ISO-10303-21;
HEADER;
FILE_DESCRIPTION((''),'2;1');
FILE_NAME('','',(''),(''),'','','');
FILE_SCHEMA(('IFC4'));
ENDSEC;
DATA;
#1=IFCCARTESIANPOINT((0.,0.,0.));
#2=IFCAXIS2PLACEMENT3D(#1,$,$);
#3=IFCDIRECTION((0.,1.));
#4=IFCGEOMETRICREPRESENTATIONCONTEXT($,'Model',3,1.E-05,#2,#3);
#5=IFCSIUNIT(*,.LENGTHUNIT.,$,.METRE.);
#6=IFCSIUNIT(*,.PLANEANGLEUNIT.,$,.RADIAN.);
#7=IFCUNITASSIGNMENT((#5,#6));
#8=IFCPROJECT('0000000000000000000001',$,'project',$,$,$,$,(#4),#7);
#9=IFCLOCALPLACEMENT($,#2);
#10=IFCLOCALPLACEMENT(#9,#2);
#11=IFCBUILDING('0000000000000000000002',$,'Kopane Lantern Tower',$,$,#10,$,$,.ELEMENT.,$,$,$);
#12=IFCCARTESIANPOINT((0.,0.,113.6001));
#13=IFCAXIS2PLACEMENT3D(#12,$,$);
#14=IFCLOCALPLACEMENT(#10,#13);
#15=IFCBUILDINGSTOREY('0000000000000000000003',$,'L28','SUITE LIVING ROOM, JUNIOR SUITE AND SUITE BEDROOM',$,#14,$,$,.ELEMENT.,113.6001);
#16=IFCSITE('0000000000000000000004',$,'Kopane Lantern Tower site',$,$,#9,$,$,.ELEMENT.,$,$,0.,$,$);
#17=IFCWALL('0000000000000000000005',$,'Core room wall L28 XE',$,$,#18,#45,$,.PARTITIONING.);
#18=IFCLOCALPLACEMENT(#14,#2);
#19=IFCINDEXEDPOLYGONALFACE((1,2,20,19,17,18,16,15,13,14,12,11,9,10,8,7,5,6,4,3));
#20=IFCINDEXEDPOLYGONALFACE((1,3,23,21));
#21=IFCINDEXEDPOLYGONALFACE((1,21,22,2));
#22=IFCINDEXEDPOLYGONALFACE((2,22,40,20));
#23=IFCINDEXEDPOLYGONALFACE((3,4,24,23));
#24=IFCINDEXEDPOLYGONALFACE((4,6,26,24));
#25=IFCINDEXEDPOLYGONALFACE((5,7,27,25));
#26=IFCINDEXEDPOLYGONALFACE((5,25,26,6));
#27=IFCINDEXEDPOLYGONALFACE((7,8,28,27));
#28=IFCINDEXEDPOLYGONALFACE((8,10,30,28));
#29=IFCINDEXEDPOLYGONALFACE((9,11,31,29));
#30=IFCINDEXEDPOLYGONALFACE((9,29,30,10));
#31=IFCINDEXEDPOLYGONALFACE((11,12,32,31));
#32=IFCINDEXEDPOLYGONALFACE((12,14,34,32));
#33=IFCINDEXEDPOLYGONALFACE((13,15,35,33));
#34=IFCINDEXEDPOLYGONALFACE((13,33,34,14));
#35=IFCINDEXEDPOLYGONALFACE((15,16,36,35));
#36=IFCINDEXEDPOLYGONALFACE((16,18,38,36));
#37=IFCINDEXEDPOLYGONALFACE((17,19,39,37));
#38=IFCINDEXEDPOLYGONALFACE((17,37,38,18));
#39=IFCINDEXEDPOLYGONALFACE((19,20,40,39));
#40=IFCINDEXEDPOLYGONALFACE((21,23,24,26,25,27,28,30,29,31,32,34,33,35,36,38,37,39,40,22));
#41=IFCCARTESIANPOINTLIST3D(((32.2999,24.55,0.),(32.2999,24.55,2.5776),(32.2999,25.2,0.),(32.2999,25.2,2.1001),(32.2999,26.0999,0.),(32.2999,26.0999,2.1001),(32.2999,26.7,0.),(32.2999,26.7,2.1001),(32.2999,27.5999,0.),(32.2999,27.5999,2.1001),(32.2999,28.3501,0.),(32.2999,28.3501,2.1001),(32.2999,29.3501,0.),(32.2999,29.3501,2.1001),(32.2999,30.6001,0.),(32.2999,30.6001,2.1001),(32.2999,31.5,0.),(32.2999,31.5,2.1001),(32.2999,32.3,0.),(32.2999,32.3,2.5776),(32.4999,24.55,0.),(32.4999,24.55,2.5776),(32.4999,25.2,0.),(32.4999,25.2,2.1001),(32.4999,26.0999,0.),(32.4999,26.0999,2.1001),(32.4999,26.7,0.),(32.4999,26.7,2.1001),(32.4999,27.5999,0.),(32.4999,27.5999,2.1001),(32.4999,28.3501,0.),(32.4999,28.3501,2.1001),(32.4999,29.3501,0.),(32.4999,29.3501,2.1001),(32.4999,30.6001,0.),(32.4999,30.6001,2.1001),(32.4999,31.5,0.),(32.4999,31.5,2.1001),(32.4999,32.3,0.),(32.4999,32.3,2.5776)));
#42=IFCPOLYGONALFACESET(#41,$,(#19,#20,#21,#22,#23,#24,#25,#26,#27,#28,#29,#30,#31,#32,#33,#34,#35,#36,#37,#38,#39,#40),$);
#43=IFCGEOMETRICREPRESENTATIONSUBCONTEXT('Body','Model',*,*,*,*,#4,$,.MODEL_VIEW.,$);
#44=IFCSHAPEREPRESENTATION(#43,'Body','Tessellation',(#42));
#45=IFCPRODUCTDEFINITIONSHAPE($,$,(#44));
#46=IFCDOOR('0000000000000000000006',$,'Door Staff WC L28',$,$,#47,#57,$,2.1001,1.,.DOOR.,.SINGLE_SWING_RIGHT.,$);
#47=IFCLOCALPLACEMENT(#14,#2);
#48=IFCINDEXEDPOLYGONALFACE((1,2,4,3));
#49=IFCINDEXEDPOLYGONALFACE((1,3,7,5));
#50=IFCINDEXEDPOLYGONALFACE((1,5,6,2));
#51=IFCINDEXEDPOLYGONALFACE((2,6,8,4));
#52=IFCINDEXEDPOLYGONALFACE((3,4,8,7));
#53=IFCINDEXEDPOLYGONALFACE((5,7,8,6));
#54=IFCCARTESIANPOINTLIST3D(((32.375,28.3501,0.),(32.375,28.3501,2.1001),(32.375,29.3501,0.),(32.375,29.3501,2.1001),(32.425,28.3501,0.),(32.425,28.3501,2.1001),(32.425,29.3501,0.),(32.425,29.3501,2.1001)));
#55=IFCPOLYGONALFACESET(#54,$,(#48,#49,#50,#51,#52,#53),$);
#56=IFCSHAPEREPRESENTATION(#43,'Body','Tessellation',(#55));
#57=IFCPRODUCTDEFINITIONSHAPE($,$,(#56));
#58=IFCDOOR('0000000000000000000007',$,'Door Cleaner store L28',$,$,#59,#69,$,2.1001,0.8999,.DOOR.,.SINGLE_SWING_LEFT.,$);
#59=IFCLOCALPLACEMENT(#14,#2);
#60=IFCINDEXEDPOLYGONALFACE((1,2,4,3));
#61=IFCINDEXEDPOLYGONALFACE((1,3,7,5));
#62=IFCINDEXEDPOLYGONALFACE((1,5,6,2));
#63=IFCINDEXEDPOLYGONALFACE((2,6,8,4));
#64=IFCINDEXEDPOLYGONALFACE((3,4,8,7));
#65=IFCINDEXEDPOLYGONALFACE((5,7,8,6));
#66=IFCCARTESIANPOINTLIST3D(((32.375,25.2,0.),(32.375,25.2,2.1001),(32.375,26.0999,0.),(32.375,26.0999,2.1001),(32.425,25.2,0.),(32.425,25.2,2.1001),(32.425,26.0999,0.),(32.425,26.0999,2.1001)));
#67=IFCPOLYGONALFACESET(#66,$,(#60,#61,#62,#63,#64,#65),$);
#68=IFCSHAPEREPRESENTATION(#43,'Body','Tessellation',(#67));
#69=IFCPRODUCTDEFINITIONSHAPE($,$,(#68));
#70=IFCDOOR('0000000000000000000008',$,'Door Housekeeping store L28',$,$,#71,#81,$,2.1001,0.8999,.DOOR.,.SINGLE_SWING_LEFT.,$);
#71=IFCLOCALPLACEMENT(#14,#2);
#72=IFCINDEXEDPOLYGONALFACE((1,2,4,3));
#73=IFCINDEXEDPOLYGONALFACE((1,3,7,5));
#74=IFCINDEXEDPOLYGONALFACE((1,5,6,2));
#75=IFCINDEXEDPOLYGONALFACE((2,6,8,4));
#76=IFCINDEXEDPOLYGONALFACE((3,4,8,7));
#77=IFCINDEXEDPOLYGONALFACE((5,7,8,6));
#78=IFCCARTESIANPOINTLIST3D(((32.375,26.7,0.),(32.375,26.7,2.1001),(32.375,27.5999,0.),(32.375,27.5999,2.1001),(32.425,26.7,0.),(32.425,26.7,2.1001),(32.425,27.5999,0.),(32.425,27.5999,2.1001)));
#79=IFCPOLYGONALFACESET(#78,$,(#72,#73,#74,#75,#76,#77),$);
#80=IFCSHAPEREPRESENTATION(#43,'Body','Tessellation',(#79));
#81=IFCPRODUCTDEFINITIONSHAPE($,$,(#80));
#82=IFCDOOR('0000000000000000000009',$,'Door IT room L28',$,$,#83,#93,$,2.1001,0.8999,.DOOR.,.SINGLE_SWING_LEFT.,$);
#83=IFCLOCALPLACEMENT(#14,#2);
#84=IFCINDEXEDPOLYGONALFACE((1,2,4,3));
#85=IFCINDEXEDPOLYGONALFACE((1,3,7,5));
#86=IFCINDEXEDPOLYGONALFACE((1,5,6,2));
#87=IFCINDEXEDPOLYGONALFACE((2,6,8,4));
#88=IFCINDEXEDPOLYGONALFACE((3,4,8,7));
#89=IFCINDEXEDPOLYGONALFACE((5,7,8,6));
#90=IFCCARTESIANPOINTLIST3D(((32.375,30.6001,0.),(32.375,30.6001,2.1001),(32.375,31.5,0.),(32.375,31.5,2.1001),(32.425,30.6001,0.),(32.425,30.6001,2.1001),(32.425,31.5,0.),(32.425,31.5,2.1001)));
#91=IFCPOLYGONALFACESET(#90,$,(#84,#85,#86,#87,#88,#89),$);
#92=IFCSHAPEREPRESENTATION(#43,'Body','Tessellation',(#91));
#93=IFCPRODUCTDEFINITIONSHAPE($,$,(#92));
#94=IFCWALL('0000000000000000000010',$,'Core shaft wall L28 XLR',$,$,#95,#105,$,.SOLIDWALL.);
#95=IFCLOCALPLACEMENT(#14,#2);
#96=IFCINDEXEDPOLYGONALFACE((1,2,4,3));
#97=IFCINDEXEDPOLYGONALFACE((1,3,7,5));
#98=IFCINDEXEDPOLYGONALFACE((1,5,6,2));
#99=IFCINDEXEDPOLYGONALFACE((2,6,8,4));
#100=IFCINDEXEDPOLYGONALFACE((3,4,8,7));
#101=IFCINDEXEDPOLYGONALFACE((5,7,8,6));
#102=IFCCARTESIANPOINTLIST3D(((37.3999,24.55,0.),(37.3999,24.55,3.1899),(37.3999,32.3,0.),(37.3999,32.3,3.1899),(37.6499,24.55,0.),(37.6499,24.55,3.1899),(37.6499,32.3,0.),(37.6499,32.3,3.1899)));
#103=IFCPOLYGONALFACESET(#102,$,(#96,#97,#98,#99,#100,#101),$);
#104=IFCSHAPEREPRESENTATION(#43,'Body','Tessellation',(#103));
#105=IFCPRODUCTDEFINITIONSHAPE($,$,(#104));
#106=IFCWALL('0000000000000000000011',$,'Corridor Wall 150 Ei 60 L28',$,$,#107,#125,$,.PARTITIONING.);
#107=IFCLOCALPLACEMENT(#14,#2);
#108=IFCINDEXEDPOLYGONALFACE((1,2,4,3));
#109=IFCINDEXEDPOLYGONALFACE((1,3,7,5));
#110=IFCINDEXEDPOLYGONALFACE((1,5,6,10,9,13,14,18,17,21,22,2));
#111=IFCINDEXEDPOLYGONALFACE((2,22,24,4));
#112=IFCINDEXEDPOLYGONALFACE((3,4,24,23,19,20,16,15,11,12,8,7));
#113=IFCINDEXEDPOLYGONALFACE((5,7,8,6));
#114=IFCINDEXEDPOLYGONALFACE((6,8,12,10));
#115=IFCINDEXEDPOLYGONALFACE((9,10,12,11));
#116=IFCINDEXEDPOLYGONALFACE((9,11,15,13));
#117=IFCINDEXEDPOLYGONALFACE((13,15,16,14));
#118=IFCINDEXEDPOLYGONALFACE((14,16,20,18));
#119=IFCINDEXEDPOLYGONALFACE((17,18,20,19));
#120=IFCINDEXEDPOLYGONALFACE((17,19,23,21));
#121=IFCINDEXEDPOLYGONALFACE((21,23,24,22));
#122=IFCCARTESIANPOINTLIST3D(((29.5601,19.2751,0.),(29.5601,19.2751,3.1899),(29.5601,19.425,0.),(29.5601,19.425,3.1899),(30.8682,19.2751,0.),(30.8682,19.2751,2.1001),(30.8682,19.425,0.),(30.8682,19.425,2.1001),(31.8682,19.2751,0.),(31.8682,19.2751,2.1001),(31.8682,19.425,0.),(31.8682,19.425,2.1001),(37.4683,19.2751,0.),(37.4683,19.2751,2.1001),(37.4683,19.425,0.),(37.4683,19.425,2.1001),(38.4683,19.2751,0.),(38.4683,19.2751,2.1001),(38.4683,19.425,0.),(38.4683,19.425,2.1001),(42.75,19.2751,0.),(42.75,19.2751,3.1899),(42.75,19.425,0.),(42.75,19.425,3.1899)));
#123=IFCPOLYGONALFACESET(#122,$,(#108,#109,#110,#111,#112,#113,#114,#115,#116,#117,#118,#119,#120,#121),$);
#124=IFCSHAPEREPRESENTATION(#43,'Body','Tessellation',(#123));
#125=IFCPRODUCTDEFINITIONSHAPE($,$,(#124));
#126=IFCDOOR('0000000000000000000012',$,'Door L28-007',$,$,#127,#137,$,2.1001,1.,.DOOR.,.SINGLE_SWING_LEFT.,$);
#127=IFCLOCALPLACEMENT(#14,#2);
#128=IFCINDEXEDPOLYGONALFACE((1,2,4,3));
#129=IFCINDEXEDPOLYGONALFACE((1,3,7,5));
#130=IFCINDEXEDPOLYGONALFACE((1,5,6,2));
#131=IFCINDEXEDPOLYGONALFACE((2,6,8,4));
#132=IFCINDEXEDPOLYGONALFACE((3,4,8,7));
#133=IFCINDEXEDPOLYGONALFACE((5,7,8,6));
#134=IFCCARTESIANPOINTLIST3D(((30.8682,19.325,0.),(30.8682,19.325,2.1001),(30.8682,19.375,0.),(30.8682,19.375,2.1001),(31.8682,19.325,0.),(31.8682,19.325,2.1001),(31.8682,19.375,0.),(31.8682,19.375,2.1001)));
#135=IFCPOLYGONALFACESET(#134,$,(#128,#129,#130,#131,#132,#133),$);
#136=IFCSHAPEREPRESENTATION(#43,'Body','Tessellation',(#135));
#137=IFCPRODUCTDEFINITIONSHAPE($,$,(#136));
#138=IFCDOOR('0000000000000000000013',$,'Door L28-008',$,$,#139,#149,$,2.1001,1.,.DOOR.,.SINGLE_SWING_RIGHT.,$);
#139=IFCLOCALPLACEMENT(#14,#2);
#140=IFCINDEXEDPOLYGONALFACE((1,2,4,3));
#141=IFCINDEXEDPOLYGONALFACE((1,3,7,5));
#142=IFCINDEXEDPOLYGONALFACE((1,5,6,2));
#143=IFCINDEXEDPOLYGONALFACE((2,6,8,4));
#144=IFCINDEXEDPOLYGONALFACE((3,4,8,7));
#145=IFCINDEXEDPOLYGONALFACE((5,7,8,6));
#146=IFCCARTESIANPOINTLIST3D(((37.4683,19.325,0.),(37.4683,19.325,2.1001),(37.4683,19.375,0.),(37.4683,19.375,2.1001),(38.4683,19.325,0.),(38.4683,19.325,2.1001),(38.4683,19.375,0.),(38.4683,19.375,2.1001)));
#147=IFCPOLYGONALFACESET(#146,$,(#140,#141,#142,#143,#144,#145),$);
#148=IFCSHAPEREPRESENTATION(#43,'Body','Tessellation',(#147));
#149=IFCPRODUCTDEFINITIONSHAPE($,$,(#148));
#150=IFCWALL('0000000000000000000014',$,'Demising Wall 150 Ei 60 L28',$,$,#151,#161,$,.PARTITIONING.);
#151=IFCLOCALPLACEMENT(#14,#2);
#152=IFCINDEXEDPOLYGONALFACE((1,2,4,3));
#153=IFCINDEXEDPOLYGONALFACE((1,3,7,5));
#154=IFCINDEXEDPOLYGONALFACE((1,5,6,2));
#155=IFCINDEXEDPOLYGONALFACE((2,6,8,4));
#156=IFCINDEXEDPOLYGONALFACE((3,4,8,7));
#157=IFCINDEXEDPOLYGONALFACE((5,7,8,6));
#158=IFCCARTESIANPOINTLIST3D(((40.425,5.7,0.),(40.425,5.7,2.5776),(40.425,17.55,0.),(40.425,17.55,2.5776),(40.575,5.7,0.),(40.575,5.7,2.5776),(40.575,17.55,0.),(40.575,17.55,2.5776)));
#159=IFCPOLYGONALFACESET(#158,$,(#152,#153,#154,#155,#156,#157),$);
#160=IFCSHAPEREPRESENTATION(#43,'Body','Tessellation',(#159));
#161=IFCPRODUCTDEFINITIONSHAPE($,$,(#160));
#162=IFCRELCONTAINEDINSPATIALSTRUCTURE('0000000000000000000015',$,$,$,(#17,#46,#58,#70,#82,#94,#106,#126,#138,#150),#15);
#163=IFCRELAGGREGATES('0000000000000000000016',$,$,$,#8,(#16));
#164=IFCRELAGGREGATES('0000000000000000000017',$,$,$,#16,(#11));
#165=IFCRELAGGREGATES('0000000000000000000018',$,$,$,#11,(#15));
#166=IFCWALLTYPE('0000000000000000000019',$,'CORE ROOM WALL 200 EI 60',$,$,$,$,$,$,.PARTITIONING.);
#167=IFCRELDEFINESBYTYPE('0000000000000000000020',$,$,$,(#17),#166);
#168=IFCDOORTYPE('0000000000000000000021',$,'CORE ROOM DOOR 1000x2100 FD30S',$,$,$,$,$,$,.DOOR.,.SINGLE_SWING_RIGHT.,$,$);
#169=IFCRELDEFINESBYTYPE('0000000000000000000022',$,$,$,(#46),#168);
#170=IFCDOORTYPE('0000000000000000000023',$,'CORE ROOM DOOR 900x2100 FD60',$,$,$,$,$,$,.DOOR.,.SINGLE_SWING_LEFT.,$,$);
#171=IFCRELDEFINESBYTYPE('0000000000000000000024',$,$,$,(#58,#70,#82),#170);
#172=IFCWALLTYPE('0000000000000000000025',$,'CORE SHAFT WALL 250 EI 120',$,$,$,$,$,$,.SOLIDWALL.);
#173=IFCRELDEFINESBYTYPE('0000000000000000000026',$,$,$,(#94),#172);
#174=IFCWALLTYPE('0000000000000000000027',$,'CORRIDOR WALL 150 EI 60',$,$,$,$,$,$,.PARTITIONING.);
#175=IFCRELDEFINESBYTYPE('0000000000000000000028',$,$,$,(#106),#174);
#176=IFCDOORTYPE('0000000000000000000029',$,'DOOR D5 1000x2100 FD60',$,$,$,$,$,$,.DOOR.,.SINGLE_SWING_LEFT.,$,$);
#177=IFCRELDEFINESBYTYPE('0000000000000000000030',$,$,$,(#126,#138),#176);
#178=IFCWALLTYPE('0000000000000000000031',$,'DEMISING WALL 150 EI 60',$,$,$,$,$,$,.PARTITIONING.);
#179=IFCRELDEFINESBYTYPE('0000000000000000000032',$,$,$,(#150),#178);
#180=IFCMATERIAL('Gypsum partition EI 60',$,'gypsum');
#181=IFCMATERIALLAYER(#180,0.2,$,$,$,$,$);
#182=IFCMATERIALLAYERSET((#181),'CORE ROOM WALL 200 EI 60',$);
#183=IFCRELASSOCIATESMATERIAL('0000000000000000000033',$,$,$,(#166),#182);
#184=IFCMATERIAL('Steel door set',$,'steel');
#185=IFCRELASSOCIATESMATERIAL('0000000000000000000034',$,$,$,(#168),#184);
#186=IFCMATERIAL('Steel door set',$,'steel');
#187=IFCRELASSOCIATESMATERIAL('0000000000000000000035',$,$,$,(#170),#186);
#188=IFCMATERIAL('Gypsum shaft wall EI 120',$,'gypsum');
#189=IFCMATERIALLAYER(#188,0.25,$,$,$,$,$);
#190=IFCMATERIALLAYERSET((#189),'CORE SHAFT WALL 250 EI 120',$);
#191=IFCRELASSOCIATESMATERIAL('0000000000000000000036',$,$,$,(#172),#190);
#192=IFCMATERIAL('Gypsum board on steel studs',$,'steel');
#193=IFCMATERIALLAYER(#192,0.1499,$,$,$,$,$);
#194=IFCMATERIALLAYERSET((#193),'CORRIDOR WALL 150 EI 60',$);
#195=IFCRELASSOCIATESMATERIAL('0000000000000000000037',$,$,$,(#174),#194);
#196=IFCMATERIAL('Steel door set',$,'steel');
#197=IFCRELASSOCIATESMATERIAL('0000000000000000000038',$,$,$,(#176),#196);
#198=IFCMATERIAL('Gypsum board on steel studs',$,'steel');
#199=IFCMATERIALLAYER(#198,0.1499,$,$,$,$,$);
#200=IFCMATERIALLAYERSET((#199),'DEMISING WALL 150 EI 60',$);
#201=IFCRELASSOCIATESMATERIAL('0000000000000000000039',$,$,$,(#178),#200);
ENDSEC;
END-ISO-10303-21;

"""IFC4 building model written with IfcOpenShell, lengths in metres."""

from ifc_helpers import new_model, si_unit, direction, frame, frame_2d, origin, place, context, subcontext, project, spatial, rectangle, extrude, material, layer, layer_set, type_object, element, fill, save


model = new_model("IFC4")

# Units and contexts
model_context = context("Model", 3, precision=1e-05, world=origin(), true_north=direction((0.0, 1.0)))
body_context = subcontext(model_context, "Body", "Model", "MODEL_VIEW")
ifc_project = project(units=[si_unit("LENGTHUNIT", "METRE"), si_unit("PLANEANGLEUNIT", "RADIAN")], contexts=[model_context])

# Site, building, storey
site_placement = place(None, origin())
site = spatial("IfcSite", under=ifc_project, at=site_placement, Name="Kopane Lantern Tower site", CompositionType="ELEMENT", RefElevation=0.0)
building_placement = place(site_placement, origin())
building = spatial("IfcBuilding", under=site, at=building_placement, Name="Kopane Lantern Tower", CompositionType="ELEMENT")
storey_placement = place(building_placement, frame((0.0, 0.0, 113.6001)))
storey = spatial("IfcBuildingStorey", under=building, at=storey_placement, Name="L28", Description="SUITE LIVING ROOM, JUNIOR SUITE AND SUITE BEDROOM", CompositionType="ELEMENT", Elevation=113.6001)

# Wall, openings, doors
ifc_material_1 = material(Name="Gypsum partition EI 60", Category="gypsum")
ifc_layer_1 = layer(ifc_material_1, 0.2)
ifc_layer_set_1 = layer_set([ifc_layer_1], Name="CORE ROOM WALL 200 EI 60")
wall_type_1 = type_object("IfcWallType", Name="CORE ROOM WALL 200 EI 60", PredefinedType="PARTITIONING", material=ifc_layer_set_1)
wall_1_placement = place(storey_placement, frame((32.3999, 24.55, 0.0), z_axis=(0.0, 0.0, 1.0), x_axis=(0.0, 1.0, 0.0)))
wall_1 = element("IfcWall", 1, at=wall_1_placement, inside=storey, type_object=wall_type_1, Name="Core room wall L28 XE", PredefinedType="PARTITIONING", context=body_context, shape_type="SweptSolid", body=[
    extrude(rectangle(XDim=7.75, YDim=0.2, at=frame_2d((3.875, 0.0))), origin(), (0.0, 0.0, 1.0), 2.5776),
])
opening_1_placement = place(wall_1_placement, frame((0.6499, 0.0, 0.0)))
opening_1 = element("IfcOpeningElement", 2, at=opening_1_placement, cuts=wall_1, PredefinedType="OPENING", context=body_context, shape_type="SweptSolid", body=[
    extrude(rectangle(XDim=0.8999, YDim=2.1001, at=frame_2d((0.45, 1.05))), frame((0.0, 0.1099, 0.0), z_axis=(0.0, -1.0, 0.0), x_axis=(1.0, 0.0, 0.0)), (0.0, 0.0, 1.0), 0.22),
])
opening_2_placement = place(wall_1_placement, frame((2.1499, 0.0, 0.0)))
opening_2 = element("IfcOpeningElement", 3, at=opening_2_placement, cuts=wall_1, PredefinedType="OPENING", context=body_context, shape_type="SweptSolid", body=[
    extrude(rectangle(XDim=0.8999, YDim=2.1001, at=frame_2d((0.45, 1.05))), frame((0.0, 0.1099, 0.0), z_axis=(0.0, -1.0, 0.0), x_axis=(1.0, 0.0, 0.0)), (0.0, 0.0, 1.0), 0.22),
])
opening_3_placement = place(wall_1_placement, frame((3.8, 0.0, 0.0)))
opening_3 = element("IfcOpeningElement", 4, at=opening_3_placement, cuts=wall_1, PredefinedType="OPENING", context=body_context, shape_type="SweptSolid", body=[
    extrude(rectangle(XDim=1.0, YDim=2.1001, at=frame_2d((0.5, 1.05))), frame((0.0, 0.1099, 0.0), z_axis=(0.0, -1.0, 0.0), x_axis=(1.0, 0.0, 0.0)), (0.0, 0.0, 1.0), 0.22),
])
opening_4_placement = place(wall_1_placement, frame((6.05, 0.0, 0.0)))
opening_4 = element("IfcOpeningElement", 5, at=opening_4_placement, cuts=wall_1, PredefinedType="OPENING", context=body_context, shape_type="SweptSolid", body=[
    extrude(rectangle(XDim=0.8999, YDim=2.1001, at=frame_2d((0.45, 1.05))), frame((0.0, 0.1099, 0.0), z_axis=(0.0, -1.0, 0.0), x_axis=(1.0, 0.0, 0.0)), (0.0, 0.0, 1.0), 0.22),
])
ifc_material_2 = material(Name="Steel door set", Category="steel")
door_type_1 = type_object("IfcDoorType", Name="CORE ROOM DOOR 1000x2100 FD30S", OperationType="SINGLE_SWING_RIGHT", PredefinedType="DOOR", material=ifc_material_2)
door_1_placement = place(opening_3_placement, origin())
door_1 = element("IfcDoor", 6, at=door_1_placement, inside=storey, type_object=door_type_1, Name="Door Staff WC L28", OperationType="SINGLE_SWING_RIGHT", OverallHeight=2.1001, OverallWidth=1.0, PredefinedType="DOOR", context=body_context, shape_type="SweptSolid", body=[
    extrude(rectangle(XDim=1.0, YDim=2.1001, at=frame_2d((0.5, 1.05))), frame((0.0, 0.0249, 0.0), z_axis=(0.0, -1.0, 0.0), x_axis=(1.0, 0.0, 0.0)), (0.0, 0.0, 1.0), 0.05),
])
fill(opening_3, door_1)
ifc_material_3 = material(Name="Steel door set", Category="steel")
door_type_2 = type_object("IfcDoorType", Name="CORE ROOM DOOR 900x2100 FD60", OperationType="SINGLE_SWING_LEFT", PredefinedType="DOOR", material=ifc_material_3)
door_2_placement = place(opening_1_placement, origin())
door_2 = element("IfcDoor", 7, at=door_2_placement, inside=storey, type_object=door_type_2, Name="Door Cleaner store L28", OperationType="SINGLE_SWING_LEFT", OverallHeight=2.1001, OverallWidth=0.8999, PredefinedType="DOOR", context=body_context, shape_type="SweptSolid", body=[
    extrude(rectangle(XDim=0.8999, YDim=2.1001, at=frame_2d((0.45, 1.05))), frame((0.0, 0.0249, 0.0), z_axis=(0.0, -1.0, 0.0), x_axis=(1.0, 0.0, 0.0)), (0.0, 0.0, 1.0), 0.05),
])
fill(opening_1, door_2)
door_3_placement = place(opening_2_placement, origin())
door_3 = element("IfcDoor", 8, at=door_3_placement, inside=storey, type_object=door_type_2, Name="Door Housekeeping store L28", OperationType="SINGLE_SWING_LEFT", OverallHeight=2.1001, OverallWidth=0.8999, PredefinedType="DOOR", context=body_context, shape_type="SweptSolid", body=[
    extrude(rectangle(XDim=0.8999, YDim=2.1001, at=frame_2d((0.45, 1.05))), frame((0.0, 0.0249, 0.0), z_axis=(0.0, -1.0, 0.0), x_axis=(1.0, 0.0, 0.0)), (0.0, 0.0, 1.0), 0.05),
])
fill(opening_2, door_3)
door_4_placement = place(opening_4_placement, origin())
door_4 = element("IfcDoor", 9, at=door_4_placement, inside=storey, type_object=door_type_2, Name="Door IT room L28", OperationType="SINGLE_SWING_LEFT", OverallHeight=2.1001, OverallWidth=0.8999, PredefinedType="DOOR", context=body_context, shape_type="SweptSolid", body=[
    extrude(rectangle(XDim=0.8999, YDim=2.1001, at=frame_2d((0.45, 1.05))), frame((0.0, 0.0249, 0.0), z_axis=(0.0, -1.0, 0.0), x_axis=(1.0, 0.0, 0.0)), (0.0, 0.0, 1.0), 0.05),
])
fill(opening_4, door_4)

# Wall
ifc_material_4 = material(Name="Gypsum shaft wall EI 120", Category="gypsum")
ifc_layer_2 = layer(ifc_material_4, 0.25)
ifc_layer_set_2 = layer_set([ifc_layer_2], Name="CORE SHAFT WALL 250 EI 120")
wall_type_2 = type_object("IfcWallType", Name="CORE SHAFT WALL 250 EI 120", PredefinedType="SOLIDWALL", material=ifc_layer_set_2)
wall_2_placement = place(storey_placement, frame((37.5249, 24.55, 0.0), z_axis=(0.0, 0.0, 1.0), x_axis=(0.0, 1.0, 0.0)))
element("IfcWall", 10, at=wall_2_placement, inside=storey, type_object=wall_type_2, Name="Core shaft wall L28 XLR", PredefinedType="SOLIDWALL", context=body_context, shape_type="SweptSolid", body=[
    extrude(rectangle(XDim=7.75, YDim=0.25, at=frame_2d((3.875, 0.0))), origin(), (0.0, 0.0, 1.0), 3.1899),
])

# Wall, openings, doors
ifc_material_5 = material(Name="Gypsum board on steel studs", Category="steel")
ifc_layer_3 = layer(ifc_material_5, 0.1499)
ifc_layer_set_3 = layer_set([ifc_layer_3], Name="CORRIDOR WALL 150 EI 60")
wall_type_3 = type_object("IfcWallType", Name="CORRIDOR WALL 150 EI 60", PredefinedType="PARTITIONING", material=ifc_layer_set_3)
wall_3_placement = place(storey_placement, frame((29.5601, 19.3501, 0.0), z_axis=(0.0, 0.0, 1.0), x_axis=(1.0, 0.0, 0.0)))
wall_3 = element("IfcWall", 11, at=wall_3_placement, inside=storey, type_object=wall_type_3, Name="Corridor Wall 150 Ei 60 L28", PredefinedType="PARTITIONING", context=body_context, shape_type="SweptSolid", body=[
    extrude(rectangle(XDim=13.1899, YDim=0.1499, at=frame_2d((6.595, 0.0))), origin(), (0.0, 0.0, 1.0), 3.1899),
])
opening_5_placement = place(wall_3_placement, frame((1.3081, 0.0, 0.0)))
opening_5 = element("IfcOpeningElement", 12, at=opening_5_placement, cuts=wall_3, PredefinedType="OPENING", context=body_context, shape_type="SweptSolid", body=[
    extrude(rectangle(XDim=1.0, YDim=2.1001, at=frame_2d((0.5, 1.05))), frame((0.0, 0.085, 0.0), z_axis=(0.0, -1.0, 0.0), x_axis=(1.0, 0.0, 0.0)), (0.0, 0.0, 1.0), 0.1699),
])
opening_6_placement = place(wall_3_placement, frame((7.9082, 0.0, 0.0)))
opening_6 = element("IfcOpeningElement", 13, at=opening_6_placement, cuts=wall_3, PredefinedType="OPENING", context=body_context, shape_type="SweptSolid", body=[
    extrude(rectangle(XDim=1.0, YDim=2.1001, at=frame_2d((0.5, 1.05))), frame((0.0, 0.085, 0.0), z_axis=(0.0, -1.0, 0.0), x_axis=(1.0, 0.0, 0.0)), (0.0, 0.0, 1.0), 0.1699),
])
ifc_material_6 = material(Name="Steel door set", Category="steel")
door_type_3 = type_object("IfcDoorType", Name="DOOR D5 1000x2100 FD60", OperationType="SINGLE_SWING_LEFT", PredefinedType="DOOR", material=ifc_material_6)
door_5_placement = place(opening_5_placement, origin())
door_5 = element("IfcDoor", 14, at=door_5_placement, inside=storey, type_object=door_type_3, Name="Door L28-007", OperationType="SINGLE_SWING_LEFT", OverallHeight=2.1001, OverallWidth=1.0, PredefinedType="DOOR", context=body_context, shape_type="SweptSolid", body=[
    extrude(rectangle(XDim=1.0, YDim=2.1001, at=frame_2d((0.5, 1.05))), frame((0.0, 0.0249, 0.0), z_axis=(0.0, -1.0, 0.0), x_axis=(1.0, 0.0, 0.0)), (0.0, 0.0, 1.0), 0.05),
])
fill(opening_5, door_5)
door_6_placement = place(opening_6_placement, origin())
door_6 = element("IfcDoor", 15, at=door_6_placement, inside=storey, type_object=door_type_3, Name="Door L28-008", OperationType="SINGLE_SWING_RIGHT", OverallHeight=2.1001, OverallWidth=1.0, PredefinedType="DOOR", context=body_context, shape_type="SweptSolid", body=[
    extrude(rectangle(XDim=1.0, YDim=2.1001, at=frame_2d((0.5, 1.05))), frame((0.0, 0.0249, 0.0), z_axis=(0.0, -1.0, 0.0), x_axis=(1.0, 0.0, 0.0)), (0.0, 0.0, 1.0), 0.05),
])
fill(opening_6, door_6)

# Wall
ifc_material_7 = material(Name="Gypsum board on steel studs", Category="steel")
ifc_layer_4 = layer(ifc_material_7, 0.1499)
ifc_layer_set_4 = layer_set([ifc_layer_4], Name="DEMISING WALL 150 EI 60")
wall_type_4 = type_object("IfcWallType", Name="DEMISING WALL 150 EI 60", PredefinedType="PARTITIONING", material=ifc_layer_set_4)
wall_4_placement = place(storey_placement, frame((40.5, 17.55, 0.0), z_axis=(0.0, 0.0, 1.0), x_axis=(0.0, -1.0, 0.0)))
element("IfcWall", 16, at=wall_4_placement, inside=storey, type_object=wall_type_4, Name="Demising Wall 150 Ei 60 L28", PredefinedType="PARTITIONING", context=body_context, shape_type="SweptSolid", body=[
    extrude(rectangle(XDim=11.8501, YDim=0.1499, at=frame_2d((5.925, 0.0))), origin(), (0.0, 0.0, 1.0), 2.5776),
])

save(model, "model.ifc")
